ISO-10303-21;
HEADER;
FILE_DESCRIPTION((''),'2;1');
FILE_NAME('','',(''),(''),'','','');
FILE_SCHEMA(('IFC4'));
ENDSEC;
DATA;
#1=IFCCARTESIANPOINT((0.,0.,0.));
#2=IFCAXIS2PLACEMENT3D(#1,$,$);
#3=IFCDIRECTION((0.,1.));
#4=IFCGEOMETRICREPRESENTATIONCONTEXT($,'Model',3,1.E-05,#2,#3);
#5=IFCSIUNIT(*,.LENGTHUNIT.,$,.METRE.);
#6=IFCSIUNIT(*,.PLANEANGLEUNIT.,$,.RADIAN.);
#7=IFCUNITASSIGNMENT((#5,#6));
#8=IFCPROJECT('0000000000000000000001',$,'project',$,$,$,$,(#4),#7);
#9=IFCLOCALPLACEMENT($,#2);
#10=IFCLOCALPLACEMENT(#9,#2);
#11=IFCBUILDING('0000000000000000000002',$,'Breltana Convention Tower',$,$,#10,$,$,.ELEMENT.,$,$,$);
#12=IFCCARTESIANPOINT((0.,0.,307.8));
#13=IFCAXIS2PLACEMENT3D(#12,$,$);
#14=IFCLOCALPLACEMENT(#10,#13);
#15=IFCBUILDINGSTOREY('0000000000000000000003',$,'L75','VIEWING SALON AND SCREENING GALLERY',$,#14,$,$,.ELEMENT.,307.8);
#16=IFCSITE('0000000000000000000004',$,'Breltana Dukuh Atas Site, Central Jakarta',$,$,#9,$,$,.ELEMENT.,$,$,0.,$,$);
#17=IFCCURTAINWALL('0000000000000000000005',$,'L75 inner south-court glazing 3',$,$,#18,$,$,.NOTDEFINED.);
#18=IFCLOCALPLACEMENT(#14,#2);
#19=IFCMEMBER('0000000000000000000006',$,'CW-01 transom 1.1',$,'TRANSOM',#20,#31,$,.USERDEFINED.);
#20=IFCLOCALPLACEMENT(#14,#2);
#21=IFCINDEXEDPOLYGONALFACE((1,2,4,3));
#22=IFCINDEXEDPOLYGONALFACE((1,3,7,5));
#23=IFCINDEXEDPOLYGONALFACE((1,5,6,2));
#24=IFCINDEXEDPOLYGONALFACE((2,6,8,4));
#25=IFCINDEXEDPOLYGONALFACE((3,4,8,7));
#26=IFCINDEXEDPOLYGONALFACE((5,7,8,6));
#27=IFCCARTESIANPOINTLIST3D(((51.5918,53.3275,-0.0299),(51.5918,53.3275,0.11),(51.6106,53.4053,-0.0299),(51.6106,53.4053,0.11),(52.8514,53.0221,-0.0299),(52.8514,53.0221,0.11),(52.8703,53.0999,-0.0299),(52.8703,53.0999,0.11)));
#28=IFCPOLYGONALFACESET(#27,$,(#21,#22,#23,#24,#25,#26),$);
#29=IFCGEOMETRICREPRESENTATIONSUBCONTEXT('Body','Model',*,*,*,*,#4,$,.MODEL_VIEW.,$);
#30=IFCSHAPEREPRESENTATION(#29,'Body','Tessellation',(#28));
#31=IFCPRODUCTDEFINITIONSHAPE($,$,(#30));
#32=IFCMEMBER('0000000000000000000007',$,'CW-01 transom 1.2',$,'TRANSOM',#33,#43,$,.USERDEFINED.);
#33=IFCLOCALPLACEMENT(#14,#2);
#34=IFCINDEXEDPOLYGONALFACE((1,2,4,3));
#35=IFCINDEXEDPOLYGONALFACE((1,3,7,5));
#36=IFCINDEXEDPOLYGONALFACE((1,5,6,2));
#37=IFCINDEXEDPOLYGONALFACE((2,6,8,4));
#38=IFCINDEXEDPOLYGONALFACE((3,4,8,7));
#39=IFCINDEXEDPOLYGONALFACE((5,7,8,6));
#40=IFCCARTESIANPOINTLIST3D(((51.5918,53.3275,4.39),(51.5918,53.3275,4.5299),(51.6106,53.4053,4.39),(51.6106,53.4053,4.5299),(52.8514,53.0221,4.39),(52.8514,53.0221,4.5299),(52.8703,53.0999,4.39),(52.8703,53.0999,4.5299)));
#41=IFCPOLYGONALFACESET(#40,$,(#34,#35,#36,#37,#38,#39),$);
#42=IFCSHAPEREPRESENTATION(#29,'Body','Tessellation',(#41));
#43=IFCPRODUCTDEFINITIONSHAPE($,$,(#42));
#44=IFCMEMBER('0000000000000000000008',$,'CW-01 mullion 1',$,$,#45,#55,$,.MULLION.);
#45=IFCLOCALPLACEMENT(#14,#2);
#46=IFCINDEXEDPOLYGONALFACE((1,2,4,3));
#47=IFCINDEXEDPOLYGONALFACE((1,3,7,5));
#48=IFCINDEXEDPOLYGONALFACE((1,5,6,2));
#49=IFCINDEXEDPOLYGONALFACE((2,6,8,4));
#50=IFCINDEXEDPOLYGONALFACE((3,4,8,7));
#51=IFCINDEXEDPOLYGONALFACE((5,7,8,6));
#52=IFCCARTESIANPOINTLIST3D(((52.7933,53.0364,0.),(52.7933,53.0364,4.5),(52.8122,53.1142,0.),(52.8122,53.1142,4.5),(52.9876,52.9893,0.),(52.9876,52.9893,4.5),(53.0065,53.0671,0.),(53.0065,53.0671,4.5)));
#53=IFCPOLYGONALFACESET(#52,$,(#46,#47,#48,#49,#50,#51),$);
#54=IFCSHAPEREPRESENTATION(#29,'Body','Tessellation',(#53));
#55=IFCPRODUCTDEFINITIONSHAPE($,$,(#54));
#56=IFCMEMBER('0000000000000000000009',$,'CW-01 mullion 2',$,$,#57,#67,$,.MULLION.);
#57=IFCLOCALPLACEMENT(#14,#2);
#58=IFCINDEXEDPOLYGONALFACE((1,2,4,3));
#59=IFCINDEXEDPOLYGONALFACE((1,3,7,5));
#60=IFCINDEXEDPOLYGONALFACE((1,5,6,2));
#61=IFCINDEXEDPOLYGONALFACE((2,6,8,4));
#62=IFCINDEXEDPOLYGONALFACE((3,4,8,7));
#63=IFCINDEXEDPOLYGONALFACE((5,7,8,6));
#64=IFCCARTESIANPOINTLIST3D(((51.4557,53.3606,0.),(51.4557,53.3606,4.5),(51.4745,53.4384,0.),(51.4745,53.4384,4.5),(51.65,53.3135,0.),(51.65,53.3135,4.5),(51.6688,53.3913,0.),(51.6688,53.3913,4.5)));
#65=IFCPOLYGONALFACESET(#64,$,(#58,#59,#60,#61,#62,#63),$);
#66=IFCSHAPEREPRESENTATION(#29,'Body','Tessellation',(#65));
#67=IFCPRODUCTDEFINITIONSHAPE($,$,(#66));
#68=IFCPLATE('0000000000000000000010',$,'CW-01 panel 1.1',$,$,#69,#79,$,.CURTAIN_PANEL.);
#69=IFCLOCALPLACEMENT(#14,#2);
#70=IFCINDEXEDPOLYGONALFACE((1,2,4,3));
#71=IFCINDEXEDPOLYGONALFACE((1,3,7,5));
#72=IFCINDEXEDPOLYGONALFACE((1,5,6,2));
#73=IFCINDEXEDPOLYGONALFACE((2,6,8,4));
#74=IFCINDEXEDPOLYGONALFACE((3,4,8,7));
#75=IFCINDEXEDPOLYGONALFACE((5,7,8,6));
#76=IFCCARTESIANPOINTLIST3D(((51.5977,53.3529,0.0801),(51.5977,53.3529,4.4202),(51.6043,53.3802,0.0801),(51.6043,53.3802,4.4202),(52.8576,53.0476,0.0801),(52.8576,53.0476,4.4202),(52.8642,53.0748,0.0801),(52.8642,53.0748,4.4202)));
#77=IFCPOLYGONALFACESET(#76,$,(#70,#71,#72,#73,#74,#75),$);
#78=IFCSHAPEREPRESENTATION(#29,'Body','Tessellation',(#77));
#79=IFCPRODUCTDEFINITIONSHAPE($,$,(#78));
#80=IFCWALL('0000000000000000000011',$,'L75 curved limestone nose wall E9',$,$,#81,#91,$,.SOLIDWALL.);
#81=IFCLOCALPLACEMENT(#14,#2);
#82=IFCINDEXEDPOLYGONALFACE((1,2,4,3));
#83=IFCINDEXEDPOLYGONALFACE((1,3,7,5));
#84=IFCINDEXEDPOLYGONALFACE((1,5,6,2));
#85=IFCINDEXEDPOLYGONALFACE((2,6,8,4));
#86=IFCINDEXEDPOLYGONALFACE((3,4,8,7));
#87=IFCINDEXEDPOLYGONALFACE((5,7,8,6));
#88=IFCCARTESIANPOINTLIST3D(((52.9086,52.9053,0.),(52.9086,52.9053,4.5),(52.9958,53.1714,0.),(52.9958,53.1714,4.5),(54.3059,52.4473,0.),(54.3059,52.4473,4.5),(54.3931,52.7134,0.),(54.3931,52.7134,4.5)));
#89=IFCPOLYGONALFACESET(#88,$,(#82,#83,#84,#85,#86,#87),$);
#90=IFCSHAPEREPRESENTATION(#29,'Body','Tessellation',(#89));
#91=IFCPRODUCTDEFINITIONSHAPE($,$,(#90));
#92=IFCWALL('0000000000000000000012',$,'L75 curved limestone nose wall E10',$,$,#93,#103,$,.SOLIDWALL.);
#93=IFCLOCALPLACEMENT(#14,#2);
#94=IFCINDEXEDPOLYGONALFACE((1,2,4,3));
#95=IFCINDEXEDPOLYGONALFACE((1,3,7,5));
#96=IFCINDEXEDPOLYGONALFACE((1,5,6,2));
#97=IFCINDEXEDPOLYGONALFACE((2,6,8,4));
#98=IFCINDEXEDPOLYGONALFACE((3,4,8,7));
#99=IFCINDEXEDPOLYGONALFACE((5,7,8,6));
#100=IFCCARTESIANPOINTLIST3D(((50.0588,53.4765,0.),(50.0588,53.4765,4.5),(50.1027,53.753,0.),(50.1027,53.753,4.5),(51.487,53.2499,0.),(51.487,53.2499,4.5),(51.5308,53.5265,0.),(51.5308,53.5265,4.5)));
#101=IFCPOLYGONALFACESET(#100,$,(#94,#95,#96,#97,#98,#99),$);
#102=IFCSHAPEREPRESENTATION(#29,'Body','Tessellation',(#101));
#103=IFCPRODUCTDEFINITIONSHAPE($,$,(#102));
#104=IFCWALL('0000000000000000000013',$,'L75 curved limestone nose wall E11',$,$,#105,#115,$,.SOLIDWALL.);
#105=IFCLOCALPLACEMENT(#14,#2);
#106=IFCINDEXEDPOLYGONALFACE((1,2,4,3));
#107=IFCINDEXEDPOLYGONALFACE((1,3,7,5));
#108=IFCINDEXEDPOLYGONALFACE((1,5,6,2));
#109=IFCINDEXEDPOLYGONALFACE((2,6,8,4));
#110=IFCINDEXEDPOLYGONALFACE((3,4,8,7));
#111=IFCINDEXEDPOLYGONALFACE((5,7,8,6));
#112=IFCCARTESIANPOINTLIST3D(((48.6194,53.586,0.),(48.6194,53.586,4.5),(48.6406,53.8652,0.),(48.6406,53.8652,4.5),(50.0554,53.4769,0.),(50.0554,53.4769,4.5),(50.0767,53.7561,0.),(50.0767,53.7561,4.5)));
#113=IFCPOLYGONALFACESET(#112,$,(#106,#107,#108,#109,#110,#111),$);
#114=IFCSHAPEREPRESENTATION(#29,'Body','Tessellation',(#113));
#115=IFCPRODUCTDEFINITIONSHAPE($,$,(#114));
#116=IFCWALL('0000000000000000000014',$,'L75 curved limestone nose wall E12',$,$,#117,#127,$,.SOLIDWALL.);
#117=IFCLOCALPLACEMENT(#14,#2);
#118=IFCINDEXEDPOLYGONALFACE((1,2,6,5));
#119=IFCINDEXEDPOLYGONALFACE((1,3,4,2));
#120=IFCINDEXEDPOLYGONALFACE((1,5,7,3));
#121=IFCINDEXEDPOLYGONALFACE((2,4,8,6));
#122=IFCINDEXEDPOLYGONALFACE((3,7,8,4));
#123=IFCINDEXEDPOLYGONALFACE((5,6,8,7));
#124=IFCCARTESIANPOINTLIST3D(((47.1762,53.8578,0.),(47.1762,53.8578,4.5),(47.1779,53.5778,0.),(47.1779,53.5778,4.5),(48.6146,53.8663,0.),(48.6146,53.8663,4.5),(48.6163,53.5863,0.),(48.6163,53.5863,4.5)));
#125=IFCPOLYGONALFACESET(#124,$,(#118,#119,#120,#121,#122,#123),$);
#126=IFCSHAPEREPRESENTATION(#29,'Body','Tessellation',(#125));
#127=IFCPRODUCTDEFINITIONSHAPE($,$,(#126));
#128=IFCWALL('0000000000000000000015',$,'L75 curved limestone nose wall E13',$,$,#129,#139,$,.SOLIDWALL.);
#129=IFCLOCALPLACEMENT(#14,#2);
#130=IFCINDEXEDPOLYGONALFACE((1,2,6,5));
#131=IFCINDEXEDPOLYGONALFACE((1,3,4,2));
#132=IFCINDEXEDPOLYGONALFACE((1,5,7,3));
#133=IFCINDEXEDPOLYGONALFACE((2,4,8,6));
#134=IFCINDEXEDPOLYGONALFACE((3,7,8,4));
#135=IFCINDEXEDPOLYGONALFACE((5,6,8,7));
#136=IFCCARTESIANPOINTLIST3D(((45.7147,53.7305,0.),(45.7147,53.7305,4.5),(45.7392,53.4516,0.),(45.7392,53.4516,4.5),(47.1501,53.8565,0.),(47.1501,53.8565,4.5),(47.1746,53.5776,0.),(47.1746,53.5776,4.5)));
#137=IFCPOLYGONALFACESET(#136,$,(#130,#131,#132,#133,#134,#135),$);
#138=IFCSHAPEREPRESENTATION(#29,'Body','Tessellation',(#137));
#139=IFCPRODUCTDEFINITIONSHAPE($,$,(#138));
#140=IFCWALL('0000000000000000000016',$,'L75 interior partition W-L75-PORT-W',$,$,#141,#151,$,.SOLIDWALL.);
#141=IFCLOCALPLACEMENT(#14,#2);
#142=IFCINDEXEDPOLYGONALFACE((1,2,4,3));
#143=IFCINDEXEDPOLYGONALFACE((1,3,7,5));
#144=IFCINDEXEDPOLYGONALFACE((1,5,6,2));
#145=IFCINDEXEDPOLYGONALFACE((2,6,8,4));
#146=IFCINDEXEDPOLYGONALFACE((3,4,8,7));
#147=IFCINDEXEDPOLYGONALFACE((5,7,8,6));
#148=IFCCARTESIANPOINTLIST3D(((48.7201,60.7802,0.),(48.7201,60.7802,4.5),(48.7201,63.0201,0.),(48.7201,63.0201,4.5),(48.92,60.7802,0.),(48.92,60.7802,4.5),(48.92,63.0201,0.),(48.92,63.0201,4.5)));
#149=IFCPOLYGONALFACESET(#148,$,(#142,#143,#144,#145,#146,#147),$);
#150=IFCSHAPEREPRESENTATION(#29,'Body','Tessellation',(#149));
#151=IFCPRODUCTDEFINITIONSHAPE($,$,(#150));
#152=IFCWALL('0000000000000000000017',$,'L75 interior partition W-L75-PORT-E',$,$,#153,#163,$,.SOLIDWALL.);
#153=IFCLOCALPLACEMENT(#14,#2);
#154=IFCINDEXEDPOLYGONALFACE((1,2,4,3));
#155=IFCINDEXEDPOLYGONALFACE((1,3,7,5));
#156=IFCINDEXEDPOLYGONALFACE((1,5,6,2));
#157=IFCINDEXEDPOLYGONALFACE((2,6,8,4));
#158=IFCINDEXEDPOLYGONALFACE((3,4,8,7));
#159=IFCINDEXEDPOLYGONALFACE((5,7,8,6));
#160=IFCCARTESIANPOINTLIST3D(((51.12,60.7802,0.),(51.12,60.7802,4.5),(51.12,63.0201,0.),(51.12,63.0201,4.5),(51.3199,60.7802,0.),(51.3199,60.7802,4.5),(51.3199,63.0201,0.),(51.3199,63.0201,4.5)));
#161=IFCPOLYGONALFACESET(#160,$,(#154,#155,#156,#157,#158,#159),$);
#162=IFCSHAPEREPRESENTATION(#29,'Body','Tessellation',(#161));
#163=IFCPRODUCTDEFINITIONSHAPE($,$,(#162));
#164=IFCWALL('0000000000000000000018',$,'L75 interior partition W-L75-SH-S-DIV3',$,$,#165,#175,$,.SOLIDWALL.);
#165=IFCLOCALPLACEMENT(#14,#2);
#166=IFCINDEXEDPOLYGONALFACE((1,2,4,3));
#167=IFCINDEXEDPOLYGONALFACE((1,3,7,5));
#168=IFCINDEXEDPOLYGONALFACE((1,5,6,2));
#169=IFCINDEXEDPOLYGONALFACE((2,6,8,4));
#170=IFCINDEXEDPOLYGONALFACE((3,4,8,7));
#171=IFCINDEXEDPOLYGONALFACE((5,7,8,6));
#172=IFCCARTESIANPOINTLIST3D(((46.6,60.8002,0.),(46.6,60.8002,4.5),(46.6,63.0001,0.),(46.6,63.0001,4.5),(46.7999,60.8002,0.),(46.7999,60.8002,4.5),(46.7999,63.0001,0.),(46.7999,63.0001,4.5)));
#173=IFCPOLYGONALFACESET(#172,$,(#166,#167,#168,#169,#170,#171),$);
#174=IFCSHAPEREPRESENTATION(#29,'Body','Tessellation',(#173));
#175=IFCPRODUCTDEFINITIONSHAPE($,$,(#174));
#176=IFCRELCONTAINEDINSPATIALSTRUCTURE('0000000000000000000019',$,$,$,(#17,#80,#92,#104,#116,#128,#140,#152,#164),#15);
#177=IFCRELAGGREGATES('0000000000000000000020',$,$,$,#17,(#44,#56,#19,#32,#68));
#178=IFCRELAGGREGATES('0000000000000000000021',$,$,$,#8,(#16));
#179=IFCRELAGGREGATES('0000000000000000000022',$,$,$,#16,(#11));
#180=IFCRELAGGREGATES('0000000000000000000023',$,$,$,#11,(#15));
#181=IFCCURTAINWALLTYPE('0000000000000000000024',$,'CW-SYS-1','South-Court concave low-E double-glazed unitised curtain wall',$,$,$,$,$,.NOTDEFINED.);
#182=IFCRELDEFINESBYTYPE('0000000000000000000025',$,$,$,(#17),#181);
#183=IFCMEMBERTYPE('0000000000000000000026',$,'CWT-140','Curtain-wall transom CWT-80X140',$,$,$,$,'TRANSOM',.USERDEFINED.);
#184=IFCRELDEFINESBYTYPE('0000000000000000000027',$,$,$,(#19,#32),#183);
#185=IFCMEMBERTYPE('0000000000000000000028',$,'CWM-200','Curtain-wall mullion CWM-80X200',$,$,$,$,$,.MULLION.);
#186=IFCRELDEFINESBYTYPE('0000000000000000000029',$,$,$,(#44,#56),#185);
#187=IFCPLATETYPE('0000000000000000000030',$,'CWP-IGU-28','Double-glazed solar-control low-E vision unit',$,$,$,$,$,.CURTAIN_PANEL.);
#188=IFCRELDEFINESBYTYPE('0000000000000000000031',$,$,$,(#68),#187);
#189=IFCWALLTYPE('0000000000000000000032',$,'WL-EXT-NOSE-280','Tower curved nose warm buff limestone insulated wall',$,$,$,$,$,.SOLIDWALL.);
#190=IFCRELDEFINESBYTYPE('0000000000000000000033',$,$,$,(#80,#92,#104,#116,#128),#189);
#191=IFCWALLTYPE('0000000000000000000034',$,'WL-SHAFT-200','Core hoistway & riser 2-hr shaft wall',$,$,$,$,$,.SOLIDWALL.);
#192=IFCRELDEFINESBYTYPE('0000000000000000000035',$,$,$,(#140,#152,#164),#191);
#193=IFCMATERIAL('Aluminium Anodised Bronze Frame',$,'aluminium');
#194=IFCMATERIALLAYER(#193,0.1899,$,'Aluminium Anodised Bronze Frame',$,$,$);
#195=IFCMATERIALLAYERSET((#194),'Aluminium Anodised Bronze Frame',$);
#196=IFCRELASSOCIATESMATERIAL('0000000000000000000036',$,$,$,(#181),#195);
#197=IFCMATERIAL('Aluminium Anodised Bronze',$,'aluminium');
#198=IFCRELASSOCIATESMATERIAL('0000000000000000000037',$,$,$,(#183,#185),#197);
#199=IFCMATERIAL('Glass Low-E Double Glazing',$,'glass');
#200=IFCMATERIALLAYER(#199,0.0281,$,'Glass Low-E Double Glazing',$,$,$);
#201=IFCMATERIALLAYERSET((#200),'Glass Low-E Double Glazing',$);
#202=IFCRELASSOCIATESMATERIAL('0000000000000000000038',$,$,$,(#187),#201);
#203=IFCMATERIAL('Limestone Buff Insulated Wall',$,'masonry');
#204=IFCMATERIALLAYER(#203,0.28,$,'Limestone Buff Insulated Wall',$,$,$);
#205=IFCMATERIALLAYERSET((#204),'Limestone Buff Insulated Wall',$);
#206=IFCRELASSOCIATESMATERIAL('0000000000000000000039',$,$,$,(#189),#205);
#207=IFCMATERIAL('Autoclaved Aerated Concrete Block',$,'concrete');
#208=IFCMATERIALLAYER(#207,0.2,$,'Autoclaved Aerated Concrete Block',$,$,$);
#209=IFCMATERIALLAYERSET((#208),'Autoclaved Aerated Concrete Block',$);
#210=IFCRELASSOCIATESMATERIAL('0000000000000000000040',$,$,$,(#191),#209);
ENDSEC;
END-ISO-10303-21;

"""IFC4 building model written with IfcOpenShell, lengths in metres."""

from ifc_helpers import new_model, si_unit, direction, frame, frame_2d, origin, origin_2d, place, context, subcontext, project, spatial, rectangle, extrude, source, transform, mapped, material, layer, layer_set, material_profile, profile_set, type_object, element, aggregate, save


model = new_model("IFC4")

# Units and contexts
model_context = context("Model", 3, precision=1e-05, world=origin(), true_north=direction((0.0, 1.0)))
body_context = subcontext(model_context, "Body", "Model", "MODEL_VIEW")
ifc_project = project(units=[si_unit("LENGTHUNIT", "METRE"), si_unit("PLANEANGLEUNIT", "RADIAN")], contexts=[model_context])

# Site, building, storey
site_placement = place(None, origin())
site = spatial("IfcSite", under=ifc_project, at=site_placement, Name="Breltana Dukuh Atas Site, Central Jakarta", CompositionType="ELEMENT", RefElevation=0.0)
building_placement = place(site_placement, origin())
building = spatial("IfcBuilding", under=site, at=building_placement, Name="Breltana Convention Tower", CompositionType="ELEMENT")
storey_placement = place(building_placement, frame((0.0, 0.0, 307.8)))
storey = spatial("IfcBuildingStorey", under=building, at=storey_placement, Name="L75", Description="VIEWING SALON AND SCREENING GALLERY", CompositionType="ELEMENT", Elevation=307.8)

# Curtain wall, members, plate
ifc_material_1 = material(Name="Aluminium Anodised Bronze Frame", Category="aluminium")
ifc_layer_1 = layer(ifc_material_1, 0.1899, Name="Aluminium Anodised Bronze Frame")
ifc_layer_set_1 = layer_set([ifc_layer_1], Name="Aluminium Anodised Bronze Frame")
curtain_wall_type = type_object("IfcCurtainWallType", Name="CW-SYS-1", Description="South-Court concave low-E double-glazed unitised curtain wall", PredefinedType="NOTDEFINED", material=ifc_layer_set_1)
curtain_wall_placement = place(storey_placement, origin())
curtain_wall = element("IfcCurtainWall", 1, at=curtain_wall_placement, inside=storey, type_object=curtain_wall_type, Name="L75 inner south-court glazing 3", PredefinedType="NOTDEFINED")
ifc_material_2 = material(Name="Aluminium Anodised Bronze", Category="aluminium")
ifc_material_profile_1 = material_profile(ifc_material_2, rectangle(XDim=0.0801, YDim=0.1399, at=origin_2d()), Name="CWT-80X140")
ifc_profile_set_1 = profile_set([ifc_material_profile_1], Name="Aluminium Anodised Bronze")
member_type_1 = type_object("IfcMemberType", Name="CWT-140", Description="Curtain-wall transom CWT-80X140", ElementType="TRANSOM", PredefinedType="USERDEFINED", material=ifc_profile_set_1)
shared_shape_1 = source(origin(), body_context, "Body", "SweptSolid", [
    extrude(rectangle(XDim=0.0801, YDim=0.1399, at=origin_2d()), origin(), (0.0, 0.0, 1.0), 1.2961),
])
member_1_placement = place(storey_placement, frame((52.8608, 53.061, 0.04), z_axis=(-0.971846, 0.235616, 0.0), x_axis=(-0.235616, -0.971846, 0.0)))
member_1 = element("IfcMember", 2, at=member_1_placement, type_object=member_type_1, Name="CW-01 transom 1.1", ObjectType="TRANSOM", PredefinedType="USERDEFINED", context=body_context, shape_type="MappedRepresentation", body=[
    mapped(shared_shape_1, transform((0.0, 0.0, 0.0), scale=1.0)),
])
member_2_placement = place(storey_placement, frame((52.8608, 53.061, 4.46), z_axis=(-0.971846, 0.235616, 0.0), x_axis=(-0.235616, -0.971846, 0.0)))
member_2 = element("IfcMember", 3, at=member_2_placement, type_object=member_type_1, Name="CW-01 transom 1.2", ObjectType="TRANSOM", PredefinedType="USERDEFINED", context=body_context, shape_type="MappedRepresentation", body=[
    mapped(shared_shape_1, transform((0.0, 0.0, 0.0), scale=1.0)),
])
ifc_material_profile_2 = material_profile(ifc_material_2, rectangle(XDim=0.0801, YDim=0.2, at=origin_2d()), Name="CWM-80X200")
ifc_profile_set_2 = profile_set([ifc_material_profile_2], Name="Aluminium Anodised Bronze")
member_type_2 = type_object("IfcMemberType", Name="CWM-200", Description="Curtain-wall mullion CWM-80X200", PredefinedType="MULLION", material=ifc_profile_set_2)
shared_shape_2 = source(origin(), body_context, "Body", "SweptSolid", [
    extrude(rectangle(XDim=0.0801, YDim=0.2, at=origin_2d()), origin(), (0.0, 0.0, 1.0), 4.5),
])
member_3_placement = place(storey_placement, frame((52.8999, 53.0518, 0.0), z_axis=(0.0, 0.0, 1.0), x_axis=(-0.235517, -0.97187, 0.0)))
member_3 = element("IfcMember", 4, at=member_3_placement, type_object=member_type_2, Name="CW-01 mullion 1", PredefinedType="MULLION", context=body_context, shape_type="MappedRepresentation", body=[
    mapped(shared_shape_2, transform((0.0, 0.0, 0.0), scale=1.0)),
])
member_4_placement = place(storey_placement, frame((51.5623, 53.376, 0.0), z_axis=(0.0, 0.0, 1.0), x_axis=(-0.235517, -0.97187, 0.0)))
member_4 = element("IfcMember", 5, at=member_4_placement, type_object=member_type_2, Name="CW-01 mullion 2", PredefinedType="MULLION", context=body_context, shape_type="MappedRepresentation", body=[
    mapped(shared_shape_2, transform((0.0, 0.0, 0.0), scale=1.0)),
])
ifc_material_3 = material(Name="Glass Low-E Double Glazing", Category="glass")
ifc_layer_2 = layer(ifc_material_3, 0.0281, Name="Glass Low-E Double Glazing")
ifc_layer_set_2 = layer_set([ifc_layer_2], Name="Glass Low-E Double Glazing")
plate_type = type_object("IfcPlateType", Name="CWP-IGU-28", Description="Double-glazed solar-control low-E vision unit", PredefinedType="CURTAIN_PANEL", material=ifc_layer_set_2)
shared_shape_3 = source(origin(), body_context, "Body", "SweptSolid", [
    extrude(rectangle(XDim=1.2964, YDim=0.0281, at=origin_2d()), origin(), (0.0, 0.0, 1.0), 4.3401),
])
plate_placement = place(storey_placement, frame((52.231, 53.2139, 0.0801), z_axis=(0.0, 0.0, 1.0), x_axis=(-0.97187, 0.235517, 0.0)))
plate = element("IfcPlate", 6, at=plate_placement, type_object=plate_type, Name="CW-01 panel 1.1", PredefinedType="CURTAIN_PANEL", context=body_context, shape_type="MappedRepresentation", body=[
    mapped(shared_shape_3, transform((0.0, 0.0, 0.0), scale=1.0)),
])
aggregate(curtain_wall, [member_3, member_4, member_1, member_2, plate])

# Walls
ifc_material_4 = material(Name="Limestone Buff Insulated Wall", Category="masonry")
ifc_layer_3 = layer(ifc_material_4, 0.28, Name="Limestone Buff Insulated Wall")
ifc_layer_set_3 = layer_set([ifc_layer_3], Name="Limestone Buff Insulated Wall")
wall_type_1 = type_object("IfcWallType", Name="WL-EXT-NOSE-280", Description="Tower curved nose warm buff limestone insulated wall", PredefinedType="SOLIDWALL", material=ifc_layer_set_3)
shared_shape_4 = source(origin(), body_context, "Body", "SweptSolid", [
    extrude(rectangle(XDim=1.4705, YDim=0.28, at=frame_2d((0.7354, 0.0))), origin(), (0.0, 0.0, 1.0), 4.5),
])
wall_1_placement = place(storey_placement, frame((54.3496, 52.5803, 0.0), z_axis=(0.0, 0.0, 1.0), x_axis=(-0.950249, 0.311492, 0.0)))
element("IfcWall", 7, at=wall_1_placement, inside=storey, type_object=wall_type_1, Name="L75 curved limestone nose wall E9", PredefinedType="SOLIDWALL", context=body_context, shape_type="MappedRepresentation", body=[
    mapped(shared_shape_4, transform((0.0, 0.0, 0.0), scale=1.0)),
])
shared_shape_5 = source(origin(), body_context, "Body", "SweptSolid", [
    extrude(rectangle(XDim=1.446, YDim=0.28, at=frame_2d((0.7231, 0.0))), origin(), (0.0, 0.0, 1.0), 4.5),
])
wall_2_placement = place(storey_placement, frame((51.509, 53.3882, 0.0), z_axis=(0.0, 0.0, 1.0), x_axis=(-0.98765, 0.156673, 0.0)))
element("IfcWall", 8, at=wall_2_placement, inside=storey, type_object=wall_type_1, Name="L75 curved limestone nose wall E10", PredefinedType="SOLIDWALL", context=body_context, shape_type="MappedRepresentation", body=[
    mapped(shared_shape_5, transform((0.0, 0.0, 0.0), scale=1.0)),
])
shared_shape_6 = source(origin(), body_context, "Body", "SweptSolid", [
    extrude(rectangle(XDim=1.4402, YDim=0.28, at=frame_2d((0.7202, 0.0))), origin(), (0.0, 0.0, 1.0), 4.5),
])
wall_3_placement = place(storey_placement, frame((50.0662, 53.6165, 0.0), z_axis=(0.0, 0.0, 1.0), x_axis=(-0.997125, 0.075776, 0.0)))
element("IfcWall", 9, at=wall_3_placement, inside=storey, type_object=wall_type_1, Name="L75 curved limestone nose wall E11", PredefinedType="SOLIDWALL", context=body_context, shape_type="MappedRepresentation", body=[
    mapped(shared_shape_6, transform((0.0, 0.0, 0.0), scale=1.0)),
])
shared_shape_7 = source(origin(), body_context, "Body", "SweptSolid", [
    extrude(rectangle(XDim=1.4385, YDim=0.28, at=frame_2d((0.7192, 0.0))), origin(), (0.0, 0.0, 1.0), 4.5),
])
wall_4_placement = place(storey_placement, frame((48.6155, 53.7263, 0.0), z_axis=(0.0, 0.0, 1.0), x_axis=(-0.999982, -0.00594, 0.0)))
element("IfcWall", 10, at=wall_4_placement, inside=storey, type_object=wall_type_1, Name="L75 curved limestone nose wall E12", PredefinedType="SOLIDWALL", context=body_context, shape_type="MappedRepresentation", body=[
    mapped(shared_shape_7, transform((0.0, 0.0, 0.0), scale=1.0)),
])
shared_shape_8 = source(origin(), body_context, "Body", "SweptSolid", [
    extrude(rectangle(XDim=1.4409, YDim=0.28, at=frame_2d((0.7205, 0.0))), origin(), (0.0, 0.0, 1.0), 4.5),
])
wall_5_placement = place(storey_placement, frame((47.1624, 53.717, 0.0), z_axis=(0.0, 0.0, 1.0), x_axis=(-0.99617, -0.087434, 0.0)))
element("IfcWall", 11, at=wall_5_placement, inside=storey, type_object=wall_type_1, Name="L75 curved limestone nose wall E13", PredefinedType="SOLIDWALL", context=body_context, shape_type="MappedRepresentation", body=[
    mapped(shared_shape_8, transform((0.0, 0.0, 0.0), scale=1.0)),
])
ifc_material_5 = material(Name="Autoclaved Aerated Concrete Block", Category="concrete")
ifc_layer_4 = layer(ifc_material_5, 0.2, Name="Autoclaved Aerated Concrete Block")
ifc_layer_set_4 = layer_set([ifc_layer_4], Name="Autoclaved Aerated Concrete Block")
wall_type_2 = type_object("IfcWallType", Name="WL-SHAFT-200", Description="Core hoistway & riser 2-hr shaft wall", PredefinedType="SOLIDWALL", material=ifc_layer_set_4)
shared_shape_9 = source(origin(), body_context, "Body", "SweptSolid", [
    extrude(rectangle(XDim=2.24, YDim=0.2, at=frame_2d((1.1201, 0.0))), origin(), (0.0, 0.0, 1.0), 4.5),
])
for number, where, z_axis, x_axis, name in (
    (12, (48.8201, 60.78, 0.0), (0.0, 0.0, 1.0), (0.0, 1.0, 0.0), "L75 interior partition W-L75-PORT-W"),
    (13, (51.22, 60.78, 0.0), (0.0, 0.0, 1.0), (0.0, 1.0, 0.0), "L75 interior partition W-L75-PORT-E"),
):
    element("IfcWall", number, at=place(storey_placement, frame(where, z_axis=z_axis, x_axis=x_axis)), inside=storey, type_object=wall_type_2, Name=name, PredefinedType="SOLIDWALL", context=body_context, shape_type="MappedRepresentation", body=[
        mapped(shared_shape_9, transform((0.0, 0.0, 0.0), scale=1.0)),
    ])
shared_shape_10 = source(origin(), body_context, "Body", "SweptSolid", [
    extrude(rectangle(XDim=2.2, YDim=0.2, at=frame_2d((1.1001, 0.0))), origin(), (0.0, 0.0, 1.0), 4.5),
])
for number, where, z_axis, x_axis, name in (
    (14, (46.7, 60.8, 0.0), (0.0, 0.0, 1.0), (0.0, 1.0, 0.0), "L75 interior partition W-L75-SH-S-DIV3"),
):
    element("IfcWall", number, at=place(storey_placement, frame(where, z_axis=z_axis, x_axis=x_axis)), inside=storey, type_object=wall_type_2, Name=name, PredefinedType="SOLIDWALL", context=body_context, shape_type="MappedRepresentation", body=[
        mapped(shared_shape_10, transform((0.0, 0.0, 0.0), scale=1.0)),
    ])

save(model, "model.ifc")
